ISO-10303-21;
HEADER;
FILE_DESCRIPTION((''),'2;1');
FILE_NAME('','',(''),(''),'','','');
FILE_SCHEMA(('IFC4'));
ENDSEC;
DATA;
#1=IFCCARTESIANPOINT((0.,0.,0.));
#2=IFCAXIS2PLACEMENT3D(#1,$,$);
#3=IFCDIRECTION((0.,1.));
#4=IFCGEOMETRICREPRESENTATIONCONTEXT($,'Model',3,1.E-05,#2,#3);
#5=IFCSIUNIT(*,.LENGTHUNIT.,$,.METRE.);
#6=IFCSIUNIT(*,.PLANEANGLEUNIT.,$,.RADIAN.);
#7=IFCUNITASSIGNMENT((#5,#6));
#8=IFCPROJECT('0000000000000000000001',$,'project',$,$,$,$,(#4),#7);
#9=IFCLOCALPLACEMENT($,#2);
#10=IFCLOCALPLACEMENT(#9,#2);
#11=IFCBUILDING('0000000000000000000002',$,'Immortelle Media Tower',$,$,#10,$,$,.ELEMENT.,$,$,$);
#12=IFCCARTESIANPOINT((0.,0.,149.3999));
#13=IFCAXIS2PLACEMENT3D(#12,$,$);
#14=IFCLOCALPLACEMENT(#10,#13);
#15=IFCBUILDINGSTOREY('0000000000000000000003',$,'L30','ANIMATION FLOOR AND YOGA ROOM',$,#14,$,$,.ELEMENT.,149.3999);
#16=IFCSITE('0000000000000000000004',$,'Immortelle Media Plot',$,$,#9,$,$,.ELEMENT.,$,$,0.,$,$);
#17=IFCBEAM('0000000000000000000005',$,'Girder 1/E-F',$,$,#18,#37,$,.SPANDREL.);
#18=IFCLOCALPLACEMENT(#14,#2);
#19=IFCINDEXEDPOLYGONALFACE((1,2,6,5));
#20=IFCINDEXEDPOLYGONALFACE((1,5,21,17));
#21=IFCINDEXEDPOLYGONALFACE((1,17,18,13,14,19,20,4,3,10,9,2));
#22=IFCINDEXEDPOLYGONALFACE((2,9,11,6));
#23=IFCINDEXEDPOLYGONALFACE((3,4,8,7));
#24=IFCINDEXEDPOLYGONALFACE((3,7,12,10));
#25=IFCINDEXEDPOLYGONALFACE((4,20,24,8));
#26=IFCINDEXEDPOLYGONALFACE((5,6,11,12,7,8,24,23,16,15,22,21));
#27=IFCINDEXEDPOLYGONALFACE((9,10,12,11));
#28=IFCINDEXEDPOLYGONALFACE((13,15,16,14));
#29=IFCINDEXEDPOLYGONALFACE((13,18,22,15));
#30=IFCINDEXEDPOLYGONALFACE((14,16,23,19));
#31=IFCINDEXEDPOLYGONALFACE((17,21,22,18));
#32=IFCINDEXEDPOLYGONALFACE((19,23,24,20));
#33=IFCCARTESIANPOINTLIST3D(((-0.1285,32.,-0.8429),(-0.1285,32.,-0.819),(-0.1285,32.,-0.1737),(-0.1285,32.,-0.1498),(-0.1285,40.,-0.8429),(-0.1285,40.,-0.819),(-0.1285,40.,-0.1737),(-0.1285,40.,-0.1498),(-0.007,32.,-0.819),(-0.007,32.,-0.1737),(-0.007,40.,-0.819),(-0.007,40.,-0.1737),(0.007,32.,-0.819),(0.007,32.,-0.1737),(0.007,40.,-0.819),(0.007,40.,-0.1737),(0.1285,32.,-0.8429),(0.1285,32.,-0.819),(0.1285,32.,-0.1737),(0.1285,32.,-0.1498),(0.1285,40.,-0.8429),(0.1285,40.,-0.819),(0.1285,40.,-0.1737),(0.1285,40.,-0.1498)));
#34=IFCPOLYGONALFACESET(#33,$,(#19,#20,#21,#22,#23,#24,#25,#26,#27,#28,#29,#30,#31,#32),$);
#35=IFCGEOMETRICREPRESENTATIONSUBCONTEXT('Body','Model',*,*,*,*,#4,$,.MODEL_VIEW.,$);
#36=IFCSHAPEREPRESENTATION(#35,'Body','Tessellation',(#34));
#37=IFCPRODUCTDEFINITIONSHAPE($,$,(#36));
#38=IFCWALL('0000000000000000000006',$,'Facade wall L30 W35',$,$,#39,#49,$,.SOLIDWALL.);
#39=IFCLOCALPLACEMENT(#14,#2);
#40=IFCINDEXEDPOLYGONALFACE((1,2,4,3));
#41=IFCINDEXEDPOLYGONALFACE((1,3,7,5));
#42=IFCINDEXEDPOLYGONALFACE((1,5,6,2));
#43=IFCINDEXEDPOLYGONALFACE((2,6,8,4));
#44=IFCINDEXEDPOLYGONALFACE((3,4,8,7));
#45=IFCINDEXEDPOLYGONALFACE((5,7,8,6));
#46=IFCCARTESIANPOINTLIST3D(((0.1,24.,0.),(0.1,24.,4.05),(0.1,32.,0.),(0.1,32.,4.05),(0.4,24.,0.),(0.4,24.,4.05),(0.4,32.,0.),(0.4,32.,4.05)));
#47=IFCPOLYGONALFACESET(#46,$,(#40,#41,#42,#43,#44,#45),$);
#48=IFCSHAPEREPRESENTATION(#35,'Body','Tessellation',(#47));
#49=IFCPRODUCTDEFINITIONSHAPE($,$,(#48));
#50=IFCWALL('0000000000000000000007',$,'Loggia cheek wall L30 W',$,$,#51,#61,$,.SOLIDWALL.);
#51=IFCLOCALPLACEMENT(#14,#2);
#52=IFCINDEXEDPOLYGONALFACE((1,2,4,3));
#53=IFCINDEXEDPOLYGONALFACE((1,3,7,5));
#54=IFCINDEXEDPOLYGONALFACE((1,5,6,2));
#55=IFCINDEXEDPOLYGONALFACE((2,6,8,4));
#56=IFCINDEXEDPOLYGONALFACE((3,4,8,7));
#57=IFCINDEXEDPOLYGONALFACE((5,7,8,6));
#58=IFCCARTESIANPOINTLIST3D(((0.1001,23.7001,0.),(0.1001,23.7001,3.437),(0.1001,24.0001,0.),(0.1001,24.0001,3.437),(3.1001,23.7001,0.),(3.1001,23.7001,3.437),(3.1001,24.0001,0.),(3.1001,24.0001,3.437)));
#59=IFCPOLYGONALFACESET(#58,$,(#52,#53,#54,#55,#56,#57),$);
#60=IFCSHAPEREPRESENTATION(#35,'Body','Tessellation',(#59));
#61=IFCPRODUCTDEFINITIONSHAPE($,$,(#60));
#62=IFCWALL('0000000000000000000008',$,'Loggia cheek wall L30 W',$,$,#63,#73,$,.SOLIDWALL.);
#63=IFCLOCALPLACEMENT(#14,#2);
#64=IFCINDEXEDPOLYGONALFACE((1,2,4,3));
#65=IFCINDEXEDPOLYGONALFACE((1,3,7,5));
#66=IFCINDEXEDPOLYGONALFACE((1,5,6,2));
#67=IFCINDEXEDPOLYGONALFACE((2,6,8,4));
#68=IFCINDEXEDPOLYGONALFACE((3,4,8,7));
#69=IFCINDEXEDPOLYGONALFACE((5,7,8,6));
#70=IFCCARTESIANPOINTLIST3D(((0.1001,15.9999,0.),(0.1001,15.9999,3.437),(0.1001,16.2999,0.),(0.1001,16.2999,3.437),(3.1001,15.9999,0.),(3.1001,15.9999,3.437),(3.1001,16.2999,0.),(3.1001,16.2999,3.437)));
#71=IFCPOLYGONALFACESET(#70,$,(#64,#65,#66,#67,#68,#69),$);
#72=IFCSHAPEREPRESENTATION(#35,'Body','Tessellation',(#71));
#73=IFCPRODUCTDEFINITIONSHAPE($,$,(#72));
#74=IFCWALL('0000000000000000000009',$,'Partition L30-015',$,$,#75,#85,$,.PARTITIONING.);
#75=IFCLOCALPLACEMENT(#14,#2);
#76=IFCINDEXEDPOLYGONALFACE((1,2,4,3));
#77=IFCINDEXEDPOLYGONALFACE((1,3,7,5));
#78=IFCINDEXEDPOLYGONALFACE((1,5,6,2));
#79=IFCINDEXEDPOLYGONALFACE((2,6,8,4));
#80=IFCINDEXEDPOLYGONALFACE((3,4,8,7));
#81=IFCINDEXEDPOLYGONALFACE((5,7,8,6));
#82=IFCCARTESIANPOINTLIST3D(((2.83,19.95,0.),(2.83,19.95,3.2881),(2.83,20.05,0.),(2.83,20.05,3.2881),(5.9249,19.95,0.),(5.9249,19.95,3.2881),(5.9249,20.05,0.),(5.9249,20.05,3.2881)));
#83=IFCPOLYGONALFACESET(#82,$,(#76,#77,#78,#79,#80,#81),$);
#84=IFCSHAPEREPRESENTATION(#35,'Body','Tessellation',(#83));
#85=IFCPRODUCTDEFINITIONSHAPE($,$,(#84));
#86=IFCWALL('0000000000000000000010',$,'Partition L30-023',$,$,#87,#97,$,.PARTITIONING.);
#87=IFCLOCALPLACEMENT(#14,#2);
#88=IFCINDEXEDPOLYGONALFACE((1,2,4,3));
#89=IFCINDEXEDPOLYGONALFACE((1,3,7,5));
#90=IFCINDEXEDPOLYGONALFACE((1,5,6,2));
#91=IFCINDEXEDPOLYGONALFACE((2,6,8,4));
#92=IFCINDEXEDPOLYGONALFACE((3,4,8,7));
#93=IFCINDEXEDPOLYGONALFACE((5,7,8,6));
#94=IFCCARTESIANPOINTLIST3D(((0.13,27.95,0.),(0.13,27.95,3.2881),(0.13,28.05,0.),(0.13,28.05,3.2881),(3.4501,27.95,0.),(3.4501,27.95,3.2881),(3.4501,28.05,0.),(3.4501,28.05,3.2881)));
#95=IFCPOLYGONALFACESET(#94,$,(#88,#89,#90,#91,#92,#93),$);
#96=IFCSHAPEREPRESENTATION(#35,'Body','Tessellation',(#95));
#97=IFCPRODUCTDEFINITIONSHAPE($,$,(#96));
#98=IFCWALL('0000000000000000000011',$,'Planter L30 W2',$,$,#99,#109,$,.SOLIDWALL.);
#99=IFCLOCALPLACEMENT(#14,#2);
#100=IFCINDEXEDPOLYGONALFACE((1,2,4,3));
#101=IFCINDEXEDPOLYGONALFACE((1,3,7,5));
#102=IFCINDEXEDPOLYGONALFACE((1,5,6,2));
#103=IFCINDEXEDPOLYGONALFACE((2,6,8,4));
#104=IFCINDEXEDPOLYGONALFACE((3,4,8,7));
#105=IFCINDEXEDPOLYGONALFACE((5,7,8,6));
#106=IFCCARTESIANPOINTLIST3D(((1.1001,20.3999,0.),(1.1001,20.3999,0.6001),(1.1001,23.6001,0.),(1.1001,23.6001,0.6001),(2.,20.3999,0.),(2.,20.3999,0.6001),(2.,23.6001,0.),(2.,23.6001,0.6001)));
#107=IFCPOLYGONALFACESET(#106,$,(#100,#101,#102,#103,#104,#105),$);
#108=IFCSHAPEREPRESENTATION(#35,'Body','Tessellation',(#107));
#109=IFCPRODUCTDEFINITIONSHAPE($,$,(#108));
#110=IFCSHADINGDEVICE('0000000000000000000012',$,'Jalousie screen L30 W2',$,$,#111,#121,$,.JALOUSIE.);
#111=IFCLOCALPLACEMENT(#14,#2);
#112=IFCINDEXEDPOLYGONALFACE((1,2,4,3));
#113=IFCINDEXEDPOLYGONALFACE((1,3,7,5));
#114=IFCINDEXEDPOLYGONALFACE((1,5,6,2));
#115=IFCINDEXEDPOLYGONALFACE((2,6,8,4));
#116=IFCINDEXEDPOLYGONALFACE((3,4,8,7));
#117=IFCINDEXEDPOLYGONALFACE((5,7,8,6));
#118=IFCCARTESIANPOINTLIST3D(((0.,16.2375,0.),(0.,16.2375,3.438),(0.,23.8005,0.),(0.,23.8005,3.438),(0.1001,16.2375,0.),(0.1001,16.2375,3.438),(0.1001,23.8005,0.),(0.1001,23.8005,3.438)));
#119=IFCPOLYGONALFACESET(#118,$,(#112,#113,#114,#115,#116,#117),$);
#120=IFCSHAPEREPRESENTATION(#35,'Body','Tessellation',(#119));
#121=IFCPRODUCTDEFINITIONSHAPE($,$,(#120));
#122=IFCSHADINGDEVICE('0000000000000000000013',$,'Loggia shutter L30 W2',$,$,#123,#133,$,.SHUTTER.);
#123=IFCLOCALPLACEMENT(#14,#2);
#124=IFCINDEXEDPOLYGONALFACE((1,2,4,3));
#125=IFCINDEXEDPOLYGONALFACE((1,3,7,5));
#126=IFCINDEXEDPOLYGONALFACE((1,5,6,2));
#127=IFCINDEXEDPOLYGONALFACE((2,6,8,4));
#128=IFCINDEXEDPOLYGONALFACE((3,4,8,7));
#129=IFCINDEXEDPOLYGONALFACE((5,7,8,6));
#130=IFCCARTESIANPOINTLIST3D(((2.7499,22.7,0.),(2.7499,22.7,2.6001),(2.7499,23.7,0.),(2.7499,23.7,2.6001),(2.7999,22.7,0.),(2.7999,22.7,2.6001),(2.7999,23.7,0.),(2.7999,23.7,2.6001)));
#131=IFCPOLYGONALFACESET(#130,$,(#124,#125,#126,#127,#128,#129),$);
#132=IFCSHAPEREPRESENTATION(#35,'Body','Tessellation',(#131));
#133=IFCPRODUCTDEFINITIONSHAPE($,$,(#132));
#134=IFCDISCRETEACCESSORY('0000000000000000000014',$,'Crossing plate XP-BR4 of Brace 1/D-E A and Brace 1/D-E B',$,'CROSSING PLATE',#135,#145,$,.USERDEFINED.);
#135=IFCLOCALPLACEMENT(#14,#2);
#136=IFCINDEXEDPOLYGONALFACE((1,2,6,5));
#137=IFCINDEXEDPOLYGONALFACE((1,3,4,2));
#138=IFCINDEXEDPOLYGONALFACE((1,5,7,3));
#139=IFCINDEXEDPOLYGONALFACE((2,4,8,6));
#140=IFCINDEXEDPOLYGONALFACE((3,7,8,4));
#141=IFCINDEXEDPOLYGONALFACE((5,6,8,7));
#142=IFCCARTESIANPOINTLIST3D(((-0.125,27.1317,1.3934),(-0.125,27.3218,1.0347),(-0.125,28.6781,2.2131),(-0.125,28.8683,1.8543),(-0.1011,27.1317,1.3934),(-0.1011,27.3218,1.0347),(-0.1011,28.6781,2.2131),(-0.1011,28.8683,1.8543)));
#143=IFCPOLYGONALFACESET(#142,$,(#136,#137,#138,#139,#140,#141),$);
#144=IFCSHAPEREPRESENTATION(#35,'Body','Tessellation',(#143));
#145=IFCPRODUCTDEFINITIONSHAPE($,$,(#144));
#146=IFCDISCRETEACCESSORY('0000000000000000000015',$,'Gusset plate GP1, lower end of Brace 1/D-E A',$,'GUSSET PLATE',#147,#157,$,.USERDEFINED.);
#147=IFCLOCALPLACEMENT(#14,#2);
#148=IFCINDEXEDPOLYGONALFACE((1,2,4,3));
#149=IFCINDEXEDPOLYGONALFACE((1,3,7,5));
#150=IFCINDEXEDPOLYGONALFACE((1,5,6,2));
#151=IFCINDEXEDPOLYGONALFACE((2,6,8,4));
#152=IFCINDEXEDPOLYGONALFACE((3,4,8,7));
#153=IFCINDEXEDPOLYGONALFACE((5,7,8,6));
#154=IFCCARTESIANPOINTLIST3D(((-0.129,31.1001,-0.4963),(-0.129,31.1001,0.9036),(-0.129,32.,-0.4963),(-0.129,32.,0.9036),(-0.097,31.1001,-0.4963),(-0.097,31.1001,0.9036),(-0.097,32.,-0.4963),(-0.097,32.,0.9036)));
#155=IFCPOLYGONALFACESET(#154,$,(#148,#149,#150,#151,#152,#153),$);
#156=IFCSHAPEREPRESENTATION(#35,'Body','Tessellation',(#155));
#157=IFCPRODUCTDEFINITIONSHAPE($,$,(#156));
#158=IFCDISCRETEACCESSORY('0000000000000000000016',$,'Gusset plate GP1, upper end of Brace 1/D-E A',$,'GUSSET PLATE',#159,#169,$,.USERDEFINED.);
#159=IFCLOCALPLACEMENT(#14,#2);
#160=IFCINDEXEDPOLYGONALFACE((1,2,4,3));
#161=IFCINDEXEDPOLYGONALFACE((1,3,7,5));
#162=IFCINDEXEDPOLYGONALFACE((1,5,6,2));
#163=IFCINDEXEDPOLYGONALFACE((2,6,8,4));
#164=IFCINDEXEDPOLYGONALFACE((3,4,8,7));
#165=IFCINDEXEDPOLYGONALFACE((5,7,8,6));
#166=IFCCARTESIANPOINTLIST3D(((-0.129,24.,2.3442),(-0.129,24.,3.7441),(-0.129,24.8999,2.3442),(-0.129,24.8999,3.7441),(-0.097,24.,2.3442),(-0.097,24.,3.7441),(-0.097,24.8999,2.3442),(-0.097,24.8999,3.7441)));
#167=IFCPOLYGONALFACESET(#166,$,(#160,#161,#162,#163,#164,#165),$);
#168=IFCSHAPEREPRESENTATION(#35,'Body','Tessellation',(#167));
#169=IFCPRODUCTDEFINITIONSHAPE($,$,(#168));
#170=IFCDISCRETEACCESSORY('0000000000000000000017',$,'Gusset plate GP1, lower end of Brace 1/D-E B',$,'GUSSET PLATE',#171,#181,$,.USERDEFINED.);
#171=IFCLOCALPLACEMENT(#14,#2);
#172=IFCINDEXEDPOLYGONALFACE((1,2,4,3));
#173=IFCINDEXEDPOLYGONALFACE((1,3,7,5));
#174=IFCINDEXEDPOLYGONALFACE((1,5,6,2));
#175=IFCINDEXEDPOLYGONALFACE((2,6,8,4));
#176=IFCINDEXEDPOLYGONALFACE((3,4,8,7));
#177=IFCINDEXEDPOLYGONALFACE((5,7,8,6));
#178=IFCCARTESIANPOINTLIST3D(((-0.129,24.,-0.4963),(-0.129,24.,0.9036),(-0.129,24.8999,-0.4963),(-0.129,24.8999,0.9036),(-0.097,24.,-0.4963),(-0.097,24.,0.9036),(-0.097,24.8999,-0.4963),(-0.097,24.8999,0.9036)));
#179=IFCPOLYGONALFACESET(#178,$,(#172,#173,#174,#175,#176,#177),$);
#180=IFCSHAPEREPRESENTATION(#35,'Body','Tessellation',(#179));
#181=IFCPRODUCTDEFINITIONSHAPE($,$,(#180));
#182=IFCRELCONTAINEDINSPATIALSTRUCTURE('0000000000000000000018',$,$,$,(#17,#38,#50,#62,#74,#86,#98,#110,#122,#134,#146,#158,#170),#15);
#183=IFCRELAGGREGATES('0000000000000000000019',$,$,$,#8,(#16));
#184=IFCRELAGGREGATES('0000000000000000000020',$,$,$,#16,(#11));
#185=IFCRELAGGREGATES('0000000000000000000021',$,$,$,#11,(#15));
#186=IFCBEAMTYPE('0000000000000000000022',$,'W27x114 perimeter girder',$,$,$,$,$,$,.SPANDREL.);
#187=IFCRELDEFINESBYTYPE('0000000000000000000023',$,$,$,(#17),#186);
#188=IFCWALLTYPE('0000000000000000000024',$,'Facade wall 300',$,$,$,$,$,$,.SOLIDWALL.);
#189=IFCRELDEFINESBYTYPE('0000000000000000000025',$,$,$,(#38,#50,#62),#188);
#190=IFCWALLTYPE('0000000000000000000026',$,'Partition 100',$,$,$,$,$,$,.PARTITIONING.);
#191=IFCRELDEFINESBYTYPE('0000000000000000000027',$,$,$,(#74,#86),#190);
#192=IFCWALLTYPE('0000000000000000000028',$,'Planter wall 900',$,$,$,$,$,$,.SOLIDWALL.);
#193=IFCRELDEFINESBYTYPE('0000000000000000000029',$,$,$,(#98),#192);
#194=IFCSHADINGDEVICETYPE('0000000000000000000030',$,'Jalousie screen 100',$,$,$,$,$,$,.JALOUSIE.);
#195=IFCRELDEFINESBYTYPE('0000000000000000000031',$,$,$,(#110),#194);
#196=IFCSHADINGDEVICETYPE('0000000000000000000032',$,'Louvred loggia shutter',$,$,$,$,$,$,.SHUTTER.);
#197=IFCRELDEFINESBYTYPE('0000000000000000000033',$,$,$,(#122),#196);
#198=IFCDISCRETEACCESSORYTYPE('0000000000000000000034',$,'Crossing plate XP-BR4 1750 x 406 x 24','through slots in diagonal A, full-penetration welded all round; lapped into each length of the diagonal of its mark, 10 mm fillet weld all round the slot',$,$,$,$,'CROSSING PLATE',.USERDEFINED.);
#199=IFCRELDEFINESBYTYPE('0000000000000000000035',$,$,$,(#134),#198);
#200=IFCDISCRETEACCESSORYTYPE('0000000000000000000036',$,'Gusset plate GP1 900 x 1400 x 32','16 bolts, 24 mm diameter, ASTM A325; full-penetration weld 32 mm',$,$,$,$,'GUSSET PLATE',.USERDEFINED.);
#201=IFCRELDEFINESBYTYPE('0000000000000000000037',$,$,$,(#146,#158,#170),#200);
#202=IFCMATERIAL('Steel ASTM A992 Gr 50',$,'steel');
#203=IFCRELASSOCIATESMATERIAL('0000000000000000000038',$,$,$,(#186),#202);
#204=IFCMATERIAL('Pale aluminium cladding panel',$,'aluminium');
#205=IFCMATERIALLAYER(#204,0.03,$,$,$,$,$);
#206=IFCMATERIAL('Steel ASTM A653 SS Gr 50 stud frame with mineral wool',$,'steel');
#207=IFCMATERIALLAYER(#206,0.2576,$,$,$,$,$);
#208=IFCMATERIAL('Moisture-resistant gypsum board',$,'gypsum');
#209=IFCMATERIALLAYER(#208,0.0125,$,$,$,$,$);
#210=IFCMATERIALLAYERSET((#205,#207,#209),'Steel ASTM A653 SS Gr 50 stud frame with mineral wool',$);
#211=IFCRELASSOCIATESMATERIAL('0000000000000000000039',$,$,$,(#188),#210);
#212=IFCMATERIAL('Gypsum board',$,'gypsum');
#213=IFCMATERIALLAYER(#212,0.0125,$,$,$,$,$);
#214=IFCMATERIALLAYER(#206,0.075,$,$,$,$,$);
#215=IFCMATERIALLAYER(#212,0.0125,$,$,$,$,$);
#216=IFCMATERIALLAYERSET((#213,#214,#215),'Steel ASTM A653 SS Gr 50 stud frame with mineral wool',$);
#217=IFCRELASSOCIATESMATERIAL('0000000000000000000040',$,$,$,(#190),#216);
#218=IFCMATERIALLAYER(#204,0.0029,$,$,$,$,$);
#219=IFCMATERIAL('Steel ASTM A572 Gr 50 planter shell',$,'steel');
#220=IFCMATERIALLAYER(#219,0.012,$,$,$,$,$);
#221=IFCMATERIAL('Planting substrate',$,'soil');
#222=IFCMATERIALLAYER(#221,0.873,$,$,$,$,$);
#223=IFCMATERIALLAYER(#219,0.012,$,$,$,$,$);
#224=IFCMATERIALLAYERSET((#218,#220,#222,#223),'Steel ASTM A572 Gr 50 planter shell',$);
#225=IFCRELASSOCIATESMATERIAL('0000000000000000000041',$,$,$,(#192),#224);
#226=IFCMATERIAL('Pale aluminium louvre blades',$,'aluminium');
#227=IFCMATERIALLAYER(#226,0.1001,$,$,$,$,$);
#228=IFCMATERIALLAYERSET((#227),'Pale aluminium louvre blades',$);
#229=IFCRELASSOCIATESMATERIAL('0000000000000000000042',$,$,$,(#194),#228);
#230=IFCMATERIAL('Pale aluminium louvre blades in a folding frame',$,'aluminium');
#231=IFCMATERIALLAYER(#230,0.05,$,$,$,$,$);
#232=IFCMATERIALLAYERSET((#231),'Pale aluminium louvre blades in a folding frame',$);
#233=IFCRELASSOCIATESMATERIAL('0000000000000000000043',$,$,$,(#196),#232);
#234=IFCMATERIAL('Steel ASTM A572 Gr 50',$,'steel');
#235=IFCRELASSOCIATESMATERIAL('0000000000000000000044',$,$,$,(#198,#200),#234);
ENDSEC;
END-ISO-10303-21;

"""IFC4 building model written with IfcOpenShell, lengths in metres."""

from ifc_helpers import new_model, si_unit, direction, frame, frame_2d, origin, origin_2d, place, context, subcontext, project, spatial, rectangle, i_section, extrude, material, layer, layer_set, material_profile, profile_set, type_object, element, save


model = new_model("IFC4")

# Units and contexts
model_context = context("Model", 3, precision=1e-05, world=origin(), true_north=direction((0.0, 1.0)))
body_context = subcontext(model_context, "Body", "Model", "MODEL_VIEW")
ifc_project = project(units=[si_unit("LENGTHUNIT", "METRE"), si_unit("PLANEANGLEUNIT", "RADIAN")], contexts=[model_context])

# Site, building, storey
site_placement = place(None, origin())
site = spatial("IfcSite", under=ifc_project, at=site_placement, Name="Immortelle Media Plot", CompositionType="ELEMENT", RefElevation=0.0)
building_placement = place(site_placement, origin())
building = spatial("IfcBuilding", under=site, at=building_placement, Name="Immortelle Media Tower", CompositionType="ELEMENT")
storey_placement = place(building_placement, frame((0.0, 0.0, 149.3999)))
storey = spatial("IfcBuildingStorey", under=building, at=storey_placement, Name="L30", Description="ANIMATION FLOOR AND YOGA ROOM", CompositionType="ELEMENT", Elevation=149.3999)

# Shared definitions
ifc_material_1 = material(Name="Steel ASTM A992 Gr 50", Category="steel")

# Beam
ifc_material_profile_1 = material_profile(ifc_material_1, i_section(OverallWidth=0.2571, OverallDepth=0.6931, WebThickness=0.0139, FlangeThickness=0.0239, at=origin_2d()), Name="W27x114")
ifc_profile_set_1 = profile_set([ifc_material_profile_1], Name="Steel ASTM A992 Gr 50")
beam_type_1 = type_object("IfcBeamType", Name="W27x114 perimeter girder", PredefinedType="SPANDREL", material=ifc_profile_set_1)
for number, where, z_axis, x_axis, name in (
    (1, (0.0, 32.0, -0.4963), (0.0, 1.0, 0.0), (-1.0, 0.0, 0.0), "Girder 1/E-F"),
):
    element("IfcBeam", number, at=place(storey_placement, frame(where, z_axis=z_axis, x_axis=x_axis)), inside=storey, type_object=beam_type_1, Name=name, PredefinedType="SPANDREL", context=body_context, shape_type="SweptSolid", body=[
        extrude(i_section(OverallWidth=0.2571, OverallDepth=0.6931, WebThickness=0.0139, FlangeThickness=0.0239, at=origin_2d()), origin(), (0.0, 0.0, 1.0), 8.0),
    ])

# Walls
ifc_material_2 = material(Name="Pale aluminium cladding panel", Category="aluminium")
ifc_layer_1 = layer(ifc_material_2, 0.03)
ifc_material_3 = material(Name="Steel ASTM A653 SS Gr 50 stud frame with mineral wool", Category="steel")
ifc_layer_2 = layer(ifc_material_3, 0.2576)
ifc_material_4 = material(Name="Moisture-resistant gypsum board", Category="gypsum")
ifc_layer_3 = layer(ifc_material_4, 0.0125)
ifc_layer_set_1 = layer_set([ifc_layer_1, ifc_layer_2, ifc_layer_3], Name="Steel ASTM A653 SS Gr 50 stud frame with mineral wool")
wall_type_1 = type_object("IfcWallType", Name="Facade wall 300", PredefinedType="SOLIDWALL", material=ifc_layer_set_1)
wall_1_placement = place(storey_placement, frame((0.25, 32.0, 0.0), z_axis=(0.0, 0.0, 1.0), x_axis=(0.0, -1.0, 0.0)))
element("IfcWall", 2, at=wall_1_placement, inside=storey, type_object=wall_type_1, Name="Facade wall L30 W35", PredefinedType="SOLIDWALL", context=body_context, shape_type="SweptSolid", body=[
    extrude(rectangle(XDim=8.0, YDim=0.3, at=frame_2d((4.0, 0.0))), origin(), (0.0, 0.0, 1.0), 4.05),
])
for number, where, z_axis, x_axis, name in (
    (3, (0.1001, 23.8501, 0.0), (0.0, 0.0, 1.0), (1.0, 0.0, 0.0), "Loggia cheek wall L30 W"),
    (4, (0.1001, 16.1499, 0.0), (0.0, 0.0, 1.0), (1.0, 0.0, 0.0), "Loggia cheek wall L30 W"),
):
    element("IfcWall", number, at=place(storey_placement, frame(where, z_axis=z_axis, x_axis=x_axis)), inside=storey, type_object=wall_type_1, Name=name, PredefinedType="SOLIDWALL", context=body_context, shape_type="SweptSolid", body=[
        extrude(rectangle(XDim=3.0, YDim=0.3, at=frame_2d((1.5, 0.0))), origin(), (0.0, 0.0, 1.0), 3.437),
    ])
ifc_material_5 = material(Name="Gypsum board", Category="gypsum")
ifc_layer_4 = layer(ifc_material_5, 0.0125)
ifc_layer_5 = layer(ifc_material_3, 0.075)
ifc_layer_6 = layer(ifc_material_5, 0.0125)
ifc_layer_set_2 = layer_set([ifc_layer_4, ifc_layer_5, ifc_layer_6], Name="Steel ASTM A653 SS Gr 50 stud frame with mineral wool")
wall_type_2 = type_object("IfcWallType", Name="Partition 100", PredefinedType="PARTITIONING", material=ifc_layer_set_2)
wall_2_placement = place(storey_placement, frame((2.8301, 20.0, 0.0), z_axis=(0.0, 0.0, 1.0), x_axis=(1.0, 0.0, 0.0)))
element("IfcWall", 5, at=wall_2_placement, inside=storey, type_object=wall_type_2, Name="Partition L30-015", PredefinedType="PARTITIONING", context=body_context, shape_type="SweptSolid", body=[
    extrude(rectangle(XDim=3.095, YDim=0.1001, at=frame_2d((1.5474, 0.0))), origin(), (0.0, 0.0, 1.0), 3.2881),
])
wall_3_placement = place(storey_placement, frame((0.1299, 28.0, 0.0), z_axis=(0.0, 0.0, 1.0), x_axis=(1.0, 0.0, 0.0)))
element("IfcWall", 6, at=wall_3_placement, inside=storey, type_object=wall_type_2, Name="Partition L30-023", PredefinedType="PARTITIONING", context=body_context, shape_type="SweptSolid", body=[
    extrude(rectangle(XDim=3.3201, YDim=0.1001, at=frame_2d((1.6602, 0.0))), origin(), (0.0, 0.0, 1.0), 3.2881),
])
ifc_layer_7 = layer(ifc_material_2, 0.0029)
ifc_material_6 = material(Name="Steel ASTM A572 Gr 50 planter shell", Category="steel")
ifc_layer_8 = layer(ifc_material_6, 0.012)
ifc_material_7 = material(Name="Planting substrate", Category="soil")
ifc_layer_9 = layer(ifc_material_7, 0.873)
ifc_layer_10 = layer(ifc_material_6, 0.012)
ifc_layer_set_3 = layer_set([ifc_layer_7, ifc_layer_8, ifc_layer_9, ifc_layer_10], Name="Steel ASTM A572 Gr 50 planter shell")
wall_type_3 = type_object("IfcWallType", Name="Planter wall 900", PredefinedType="SOLIDWALL", material=ifc_layer_set_3)
wall_4_placement = place(storey_placement, frame((1.55, 23.6001, 0.0), z_axis=(0.0, 0.0, 1.0), x_axis=(0.0, -1.0, 0.0)))
element("IfcWall", 7, at=wall_4_placement, inside=storey, type_object=wall_type_3, Name="Planter L30 W2", PredefinedType="SOLIDWALL", context=body_context, shape_type="SweptSolid", body=[
    extrude(rectangle(XDim=3.2002, YDim=0.8999, at=frame_2d((1.6001, 0.0))), origin(), (0.0, 0.0, 1.0), 0.6001),
])

# Shading devices
ifc_material_8 = material(Name="Pale aluminium louvre blades", Category="aluminium")
ifc_layer_11 = layer(ifc_material_8, 0.1001)
ifc_layer_set_4 = layer_set([ifc_layer_11], Name="Pale aluminium louvre blades")
shading_device_type_1 = type_object("IfcShadingDeviceType", Name="Jalousie screen 100", PredefinedType="JALOUSIE", material=ifc_layer_set_4)
shading_device_1_placement = place(storey_placement, frame((0.05, 20.019, 0.0), z_axis=(0.0, 0.0, 1.0), x_axis=(0.0, -1.0, 0.0)))
element("IfcShadingDevice", 8, at=shading_device_1_placement, inside=storey, type_object=shading_device_type_1, Name="Jalousie screen L30 W2", PredefinedType="JALOUSIE", context=body_context, shape_type="SweptSolid", body=[
    extrude(rectangle(XDim=7.563, YDim=0.1001, at=origin_2d()), origin(), (0.0, 0.0, 1.0), 3.438),
])
ifc_material_9 = material(Name="Pale aluminium louvre blades in a folding frame", Category="aluminium")
ifc_layer_12 = layer(ifc_material_9, 0.05)
ifc_layer_set_5 = layer_set([ifc_layer_12], Name="Pale aluminium louvre blades in a folding frame")
shading_device_type_2 = type_object("IfcShadingDeviceType", Name="Louvred loggia shutter", PredefinedType="SHUTTER", material=ifc_layer_set_5)
shading_device_2_placement = place(storey_placement, frame((2.7749, 23.2, 0.0), z_axis=(0.0, 0.0, 1.0), x_axis=(0.0, -1.0, 0.0)))
element("IfcShadingDevice", 9, at=shading_device_2_placement, inside=storey, type_object=shading_device_type_2, Name="Loggia shutter L30 W2", PredefinedType="SHUTTER", context=body_context, shape_type="SweptSolid", body=[
    extrude(rectangle(XDim=1.0, YDim=0.05, at=origin_2d()), origin(), (0.0, 0.0, 1.0), 2.6001),
])

# Discrete accessories
ifc_material_10 = material(Name="Steel ASTM A572 Gr 50", Category="steel")
ifc_material_profile_2 = material_profile(ifc_material_10, rectangle(XDim=0.0239, YDim=0.406, at=origin_2d()), Name="PL 24 x 406")
ifc_profile_set_2 = profile_set([ifc_material_profile_2], Name="Steel ASTM A572 Gr 50")
discrete_accessory_type_1 = type_object("IfcDiscreteAccessoryType", Name="Crossing plate XP-BR4 1750 x 406 x 24", Description="through slots in diagonal A, full-penetration welded all round; lapped into each length of the diagonal of its mark, 10 mm fillet weld all round the slot", ElementType="CROSSING PLATE", PredefinedType="USERDEFINED", material=ifc_profile_set_2)
discrete_accessory_placement = place(storey_placement, frame((-0.113, 28.7732, 2.0337), z_axis=(0.0, -0.883574, -0.468291), x_axis=(1.0, 0.0, 0.0)))
element("IfcDiscreteAccessory", 10, at=discrete_accessory_placement, inside=storey, type_object=discrete_accessory_type_1, Name="Crossing plate XP-BR4 of Brace 1/D-E A and Brace 1/D-E B", ObjectType="CROSSING PLATE", PredefinedType="USERDEFINED", context=body_context, shape_type="SweptSolid", body=[
    extrude(rectangle(XDim=0.0239, YDim=0.406, at=origin_2d()), origin(), (0.0, 0.0, 1.0), 1.7502),
])
ifc_material_profile_3 = material_profile(ifc_material_10, rectangle(XDim=0.032, YDim=1.3999, at=origin_2d()), Name="PL 32 x 1400")
ifc_profile_set_3 = profile_set([ifc_material_profile_3], Name="Steel ASTM A572 Gr 50")
discrete_accessory_type_2 = type_object("IfcDiscreteAccessoryType", Name="Gusset plate GP1 900 x 1400 x 32", Description="16 bolts, 24 mm diameter, ASTM A325; full-penetration weld 32 mm", ElementType="GUSSET PLATE", PredefinedType="USERDEFINED", material=ifc_profile_set_3)
for number, where, z_axis, x_axis, name in (
    (11, (-0.113, 32.0, 0.2036), (0.0, -1.0, 0.0), (1.0, 0.0, 0.0), "Gusset plate GP1, lower end of Brace 1/D-E A"),
    (12, (-0.113, 24.0, 3.0442), (0.0, 1.0, 0.0), (-1.0, 0.0, 0.0), "Gusset plate GP1, upper end of Brace 1/D-E A"),
    (13, (-0.113, 24.0, 0.2036), (0.0, 1.0, 0.0), (-1.0, 0.0, 0.0), "Gusset plate GP1, lower end of Brace 1/D-E B"),
):
    element("IfcDiscreteAccessory", number, at=place(storey_placement, frame(where, z_axis=z_axis, x_axis=x_axis)), inside=storey, type_object=discrete_accessory_type_2, Name=name, ObjectType="GUSSET PLATE", PredefinedType="USERDEFINED", context=body_context, shape_type="SweptSolid", body=[
        extrude(rectangle(XDim=0.032, YDim=1.3999, at=origin_2d()), origin(), (0.0, 0.0, 1.0), 0.8999),
    ])

save(model, "model.ifc")
